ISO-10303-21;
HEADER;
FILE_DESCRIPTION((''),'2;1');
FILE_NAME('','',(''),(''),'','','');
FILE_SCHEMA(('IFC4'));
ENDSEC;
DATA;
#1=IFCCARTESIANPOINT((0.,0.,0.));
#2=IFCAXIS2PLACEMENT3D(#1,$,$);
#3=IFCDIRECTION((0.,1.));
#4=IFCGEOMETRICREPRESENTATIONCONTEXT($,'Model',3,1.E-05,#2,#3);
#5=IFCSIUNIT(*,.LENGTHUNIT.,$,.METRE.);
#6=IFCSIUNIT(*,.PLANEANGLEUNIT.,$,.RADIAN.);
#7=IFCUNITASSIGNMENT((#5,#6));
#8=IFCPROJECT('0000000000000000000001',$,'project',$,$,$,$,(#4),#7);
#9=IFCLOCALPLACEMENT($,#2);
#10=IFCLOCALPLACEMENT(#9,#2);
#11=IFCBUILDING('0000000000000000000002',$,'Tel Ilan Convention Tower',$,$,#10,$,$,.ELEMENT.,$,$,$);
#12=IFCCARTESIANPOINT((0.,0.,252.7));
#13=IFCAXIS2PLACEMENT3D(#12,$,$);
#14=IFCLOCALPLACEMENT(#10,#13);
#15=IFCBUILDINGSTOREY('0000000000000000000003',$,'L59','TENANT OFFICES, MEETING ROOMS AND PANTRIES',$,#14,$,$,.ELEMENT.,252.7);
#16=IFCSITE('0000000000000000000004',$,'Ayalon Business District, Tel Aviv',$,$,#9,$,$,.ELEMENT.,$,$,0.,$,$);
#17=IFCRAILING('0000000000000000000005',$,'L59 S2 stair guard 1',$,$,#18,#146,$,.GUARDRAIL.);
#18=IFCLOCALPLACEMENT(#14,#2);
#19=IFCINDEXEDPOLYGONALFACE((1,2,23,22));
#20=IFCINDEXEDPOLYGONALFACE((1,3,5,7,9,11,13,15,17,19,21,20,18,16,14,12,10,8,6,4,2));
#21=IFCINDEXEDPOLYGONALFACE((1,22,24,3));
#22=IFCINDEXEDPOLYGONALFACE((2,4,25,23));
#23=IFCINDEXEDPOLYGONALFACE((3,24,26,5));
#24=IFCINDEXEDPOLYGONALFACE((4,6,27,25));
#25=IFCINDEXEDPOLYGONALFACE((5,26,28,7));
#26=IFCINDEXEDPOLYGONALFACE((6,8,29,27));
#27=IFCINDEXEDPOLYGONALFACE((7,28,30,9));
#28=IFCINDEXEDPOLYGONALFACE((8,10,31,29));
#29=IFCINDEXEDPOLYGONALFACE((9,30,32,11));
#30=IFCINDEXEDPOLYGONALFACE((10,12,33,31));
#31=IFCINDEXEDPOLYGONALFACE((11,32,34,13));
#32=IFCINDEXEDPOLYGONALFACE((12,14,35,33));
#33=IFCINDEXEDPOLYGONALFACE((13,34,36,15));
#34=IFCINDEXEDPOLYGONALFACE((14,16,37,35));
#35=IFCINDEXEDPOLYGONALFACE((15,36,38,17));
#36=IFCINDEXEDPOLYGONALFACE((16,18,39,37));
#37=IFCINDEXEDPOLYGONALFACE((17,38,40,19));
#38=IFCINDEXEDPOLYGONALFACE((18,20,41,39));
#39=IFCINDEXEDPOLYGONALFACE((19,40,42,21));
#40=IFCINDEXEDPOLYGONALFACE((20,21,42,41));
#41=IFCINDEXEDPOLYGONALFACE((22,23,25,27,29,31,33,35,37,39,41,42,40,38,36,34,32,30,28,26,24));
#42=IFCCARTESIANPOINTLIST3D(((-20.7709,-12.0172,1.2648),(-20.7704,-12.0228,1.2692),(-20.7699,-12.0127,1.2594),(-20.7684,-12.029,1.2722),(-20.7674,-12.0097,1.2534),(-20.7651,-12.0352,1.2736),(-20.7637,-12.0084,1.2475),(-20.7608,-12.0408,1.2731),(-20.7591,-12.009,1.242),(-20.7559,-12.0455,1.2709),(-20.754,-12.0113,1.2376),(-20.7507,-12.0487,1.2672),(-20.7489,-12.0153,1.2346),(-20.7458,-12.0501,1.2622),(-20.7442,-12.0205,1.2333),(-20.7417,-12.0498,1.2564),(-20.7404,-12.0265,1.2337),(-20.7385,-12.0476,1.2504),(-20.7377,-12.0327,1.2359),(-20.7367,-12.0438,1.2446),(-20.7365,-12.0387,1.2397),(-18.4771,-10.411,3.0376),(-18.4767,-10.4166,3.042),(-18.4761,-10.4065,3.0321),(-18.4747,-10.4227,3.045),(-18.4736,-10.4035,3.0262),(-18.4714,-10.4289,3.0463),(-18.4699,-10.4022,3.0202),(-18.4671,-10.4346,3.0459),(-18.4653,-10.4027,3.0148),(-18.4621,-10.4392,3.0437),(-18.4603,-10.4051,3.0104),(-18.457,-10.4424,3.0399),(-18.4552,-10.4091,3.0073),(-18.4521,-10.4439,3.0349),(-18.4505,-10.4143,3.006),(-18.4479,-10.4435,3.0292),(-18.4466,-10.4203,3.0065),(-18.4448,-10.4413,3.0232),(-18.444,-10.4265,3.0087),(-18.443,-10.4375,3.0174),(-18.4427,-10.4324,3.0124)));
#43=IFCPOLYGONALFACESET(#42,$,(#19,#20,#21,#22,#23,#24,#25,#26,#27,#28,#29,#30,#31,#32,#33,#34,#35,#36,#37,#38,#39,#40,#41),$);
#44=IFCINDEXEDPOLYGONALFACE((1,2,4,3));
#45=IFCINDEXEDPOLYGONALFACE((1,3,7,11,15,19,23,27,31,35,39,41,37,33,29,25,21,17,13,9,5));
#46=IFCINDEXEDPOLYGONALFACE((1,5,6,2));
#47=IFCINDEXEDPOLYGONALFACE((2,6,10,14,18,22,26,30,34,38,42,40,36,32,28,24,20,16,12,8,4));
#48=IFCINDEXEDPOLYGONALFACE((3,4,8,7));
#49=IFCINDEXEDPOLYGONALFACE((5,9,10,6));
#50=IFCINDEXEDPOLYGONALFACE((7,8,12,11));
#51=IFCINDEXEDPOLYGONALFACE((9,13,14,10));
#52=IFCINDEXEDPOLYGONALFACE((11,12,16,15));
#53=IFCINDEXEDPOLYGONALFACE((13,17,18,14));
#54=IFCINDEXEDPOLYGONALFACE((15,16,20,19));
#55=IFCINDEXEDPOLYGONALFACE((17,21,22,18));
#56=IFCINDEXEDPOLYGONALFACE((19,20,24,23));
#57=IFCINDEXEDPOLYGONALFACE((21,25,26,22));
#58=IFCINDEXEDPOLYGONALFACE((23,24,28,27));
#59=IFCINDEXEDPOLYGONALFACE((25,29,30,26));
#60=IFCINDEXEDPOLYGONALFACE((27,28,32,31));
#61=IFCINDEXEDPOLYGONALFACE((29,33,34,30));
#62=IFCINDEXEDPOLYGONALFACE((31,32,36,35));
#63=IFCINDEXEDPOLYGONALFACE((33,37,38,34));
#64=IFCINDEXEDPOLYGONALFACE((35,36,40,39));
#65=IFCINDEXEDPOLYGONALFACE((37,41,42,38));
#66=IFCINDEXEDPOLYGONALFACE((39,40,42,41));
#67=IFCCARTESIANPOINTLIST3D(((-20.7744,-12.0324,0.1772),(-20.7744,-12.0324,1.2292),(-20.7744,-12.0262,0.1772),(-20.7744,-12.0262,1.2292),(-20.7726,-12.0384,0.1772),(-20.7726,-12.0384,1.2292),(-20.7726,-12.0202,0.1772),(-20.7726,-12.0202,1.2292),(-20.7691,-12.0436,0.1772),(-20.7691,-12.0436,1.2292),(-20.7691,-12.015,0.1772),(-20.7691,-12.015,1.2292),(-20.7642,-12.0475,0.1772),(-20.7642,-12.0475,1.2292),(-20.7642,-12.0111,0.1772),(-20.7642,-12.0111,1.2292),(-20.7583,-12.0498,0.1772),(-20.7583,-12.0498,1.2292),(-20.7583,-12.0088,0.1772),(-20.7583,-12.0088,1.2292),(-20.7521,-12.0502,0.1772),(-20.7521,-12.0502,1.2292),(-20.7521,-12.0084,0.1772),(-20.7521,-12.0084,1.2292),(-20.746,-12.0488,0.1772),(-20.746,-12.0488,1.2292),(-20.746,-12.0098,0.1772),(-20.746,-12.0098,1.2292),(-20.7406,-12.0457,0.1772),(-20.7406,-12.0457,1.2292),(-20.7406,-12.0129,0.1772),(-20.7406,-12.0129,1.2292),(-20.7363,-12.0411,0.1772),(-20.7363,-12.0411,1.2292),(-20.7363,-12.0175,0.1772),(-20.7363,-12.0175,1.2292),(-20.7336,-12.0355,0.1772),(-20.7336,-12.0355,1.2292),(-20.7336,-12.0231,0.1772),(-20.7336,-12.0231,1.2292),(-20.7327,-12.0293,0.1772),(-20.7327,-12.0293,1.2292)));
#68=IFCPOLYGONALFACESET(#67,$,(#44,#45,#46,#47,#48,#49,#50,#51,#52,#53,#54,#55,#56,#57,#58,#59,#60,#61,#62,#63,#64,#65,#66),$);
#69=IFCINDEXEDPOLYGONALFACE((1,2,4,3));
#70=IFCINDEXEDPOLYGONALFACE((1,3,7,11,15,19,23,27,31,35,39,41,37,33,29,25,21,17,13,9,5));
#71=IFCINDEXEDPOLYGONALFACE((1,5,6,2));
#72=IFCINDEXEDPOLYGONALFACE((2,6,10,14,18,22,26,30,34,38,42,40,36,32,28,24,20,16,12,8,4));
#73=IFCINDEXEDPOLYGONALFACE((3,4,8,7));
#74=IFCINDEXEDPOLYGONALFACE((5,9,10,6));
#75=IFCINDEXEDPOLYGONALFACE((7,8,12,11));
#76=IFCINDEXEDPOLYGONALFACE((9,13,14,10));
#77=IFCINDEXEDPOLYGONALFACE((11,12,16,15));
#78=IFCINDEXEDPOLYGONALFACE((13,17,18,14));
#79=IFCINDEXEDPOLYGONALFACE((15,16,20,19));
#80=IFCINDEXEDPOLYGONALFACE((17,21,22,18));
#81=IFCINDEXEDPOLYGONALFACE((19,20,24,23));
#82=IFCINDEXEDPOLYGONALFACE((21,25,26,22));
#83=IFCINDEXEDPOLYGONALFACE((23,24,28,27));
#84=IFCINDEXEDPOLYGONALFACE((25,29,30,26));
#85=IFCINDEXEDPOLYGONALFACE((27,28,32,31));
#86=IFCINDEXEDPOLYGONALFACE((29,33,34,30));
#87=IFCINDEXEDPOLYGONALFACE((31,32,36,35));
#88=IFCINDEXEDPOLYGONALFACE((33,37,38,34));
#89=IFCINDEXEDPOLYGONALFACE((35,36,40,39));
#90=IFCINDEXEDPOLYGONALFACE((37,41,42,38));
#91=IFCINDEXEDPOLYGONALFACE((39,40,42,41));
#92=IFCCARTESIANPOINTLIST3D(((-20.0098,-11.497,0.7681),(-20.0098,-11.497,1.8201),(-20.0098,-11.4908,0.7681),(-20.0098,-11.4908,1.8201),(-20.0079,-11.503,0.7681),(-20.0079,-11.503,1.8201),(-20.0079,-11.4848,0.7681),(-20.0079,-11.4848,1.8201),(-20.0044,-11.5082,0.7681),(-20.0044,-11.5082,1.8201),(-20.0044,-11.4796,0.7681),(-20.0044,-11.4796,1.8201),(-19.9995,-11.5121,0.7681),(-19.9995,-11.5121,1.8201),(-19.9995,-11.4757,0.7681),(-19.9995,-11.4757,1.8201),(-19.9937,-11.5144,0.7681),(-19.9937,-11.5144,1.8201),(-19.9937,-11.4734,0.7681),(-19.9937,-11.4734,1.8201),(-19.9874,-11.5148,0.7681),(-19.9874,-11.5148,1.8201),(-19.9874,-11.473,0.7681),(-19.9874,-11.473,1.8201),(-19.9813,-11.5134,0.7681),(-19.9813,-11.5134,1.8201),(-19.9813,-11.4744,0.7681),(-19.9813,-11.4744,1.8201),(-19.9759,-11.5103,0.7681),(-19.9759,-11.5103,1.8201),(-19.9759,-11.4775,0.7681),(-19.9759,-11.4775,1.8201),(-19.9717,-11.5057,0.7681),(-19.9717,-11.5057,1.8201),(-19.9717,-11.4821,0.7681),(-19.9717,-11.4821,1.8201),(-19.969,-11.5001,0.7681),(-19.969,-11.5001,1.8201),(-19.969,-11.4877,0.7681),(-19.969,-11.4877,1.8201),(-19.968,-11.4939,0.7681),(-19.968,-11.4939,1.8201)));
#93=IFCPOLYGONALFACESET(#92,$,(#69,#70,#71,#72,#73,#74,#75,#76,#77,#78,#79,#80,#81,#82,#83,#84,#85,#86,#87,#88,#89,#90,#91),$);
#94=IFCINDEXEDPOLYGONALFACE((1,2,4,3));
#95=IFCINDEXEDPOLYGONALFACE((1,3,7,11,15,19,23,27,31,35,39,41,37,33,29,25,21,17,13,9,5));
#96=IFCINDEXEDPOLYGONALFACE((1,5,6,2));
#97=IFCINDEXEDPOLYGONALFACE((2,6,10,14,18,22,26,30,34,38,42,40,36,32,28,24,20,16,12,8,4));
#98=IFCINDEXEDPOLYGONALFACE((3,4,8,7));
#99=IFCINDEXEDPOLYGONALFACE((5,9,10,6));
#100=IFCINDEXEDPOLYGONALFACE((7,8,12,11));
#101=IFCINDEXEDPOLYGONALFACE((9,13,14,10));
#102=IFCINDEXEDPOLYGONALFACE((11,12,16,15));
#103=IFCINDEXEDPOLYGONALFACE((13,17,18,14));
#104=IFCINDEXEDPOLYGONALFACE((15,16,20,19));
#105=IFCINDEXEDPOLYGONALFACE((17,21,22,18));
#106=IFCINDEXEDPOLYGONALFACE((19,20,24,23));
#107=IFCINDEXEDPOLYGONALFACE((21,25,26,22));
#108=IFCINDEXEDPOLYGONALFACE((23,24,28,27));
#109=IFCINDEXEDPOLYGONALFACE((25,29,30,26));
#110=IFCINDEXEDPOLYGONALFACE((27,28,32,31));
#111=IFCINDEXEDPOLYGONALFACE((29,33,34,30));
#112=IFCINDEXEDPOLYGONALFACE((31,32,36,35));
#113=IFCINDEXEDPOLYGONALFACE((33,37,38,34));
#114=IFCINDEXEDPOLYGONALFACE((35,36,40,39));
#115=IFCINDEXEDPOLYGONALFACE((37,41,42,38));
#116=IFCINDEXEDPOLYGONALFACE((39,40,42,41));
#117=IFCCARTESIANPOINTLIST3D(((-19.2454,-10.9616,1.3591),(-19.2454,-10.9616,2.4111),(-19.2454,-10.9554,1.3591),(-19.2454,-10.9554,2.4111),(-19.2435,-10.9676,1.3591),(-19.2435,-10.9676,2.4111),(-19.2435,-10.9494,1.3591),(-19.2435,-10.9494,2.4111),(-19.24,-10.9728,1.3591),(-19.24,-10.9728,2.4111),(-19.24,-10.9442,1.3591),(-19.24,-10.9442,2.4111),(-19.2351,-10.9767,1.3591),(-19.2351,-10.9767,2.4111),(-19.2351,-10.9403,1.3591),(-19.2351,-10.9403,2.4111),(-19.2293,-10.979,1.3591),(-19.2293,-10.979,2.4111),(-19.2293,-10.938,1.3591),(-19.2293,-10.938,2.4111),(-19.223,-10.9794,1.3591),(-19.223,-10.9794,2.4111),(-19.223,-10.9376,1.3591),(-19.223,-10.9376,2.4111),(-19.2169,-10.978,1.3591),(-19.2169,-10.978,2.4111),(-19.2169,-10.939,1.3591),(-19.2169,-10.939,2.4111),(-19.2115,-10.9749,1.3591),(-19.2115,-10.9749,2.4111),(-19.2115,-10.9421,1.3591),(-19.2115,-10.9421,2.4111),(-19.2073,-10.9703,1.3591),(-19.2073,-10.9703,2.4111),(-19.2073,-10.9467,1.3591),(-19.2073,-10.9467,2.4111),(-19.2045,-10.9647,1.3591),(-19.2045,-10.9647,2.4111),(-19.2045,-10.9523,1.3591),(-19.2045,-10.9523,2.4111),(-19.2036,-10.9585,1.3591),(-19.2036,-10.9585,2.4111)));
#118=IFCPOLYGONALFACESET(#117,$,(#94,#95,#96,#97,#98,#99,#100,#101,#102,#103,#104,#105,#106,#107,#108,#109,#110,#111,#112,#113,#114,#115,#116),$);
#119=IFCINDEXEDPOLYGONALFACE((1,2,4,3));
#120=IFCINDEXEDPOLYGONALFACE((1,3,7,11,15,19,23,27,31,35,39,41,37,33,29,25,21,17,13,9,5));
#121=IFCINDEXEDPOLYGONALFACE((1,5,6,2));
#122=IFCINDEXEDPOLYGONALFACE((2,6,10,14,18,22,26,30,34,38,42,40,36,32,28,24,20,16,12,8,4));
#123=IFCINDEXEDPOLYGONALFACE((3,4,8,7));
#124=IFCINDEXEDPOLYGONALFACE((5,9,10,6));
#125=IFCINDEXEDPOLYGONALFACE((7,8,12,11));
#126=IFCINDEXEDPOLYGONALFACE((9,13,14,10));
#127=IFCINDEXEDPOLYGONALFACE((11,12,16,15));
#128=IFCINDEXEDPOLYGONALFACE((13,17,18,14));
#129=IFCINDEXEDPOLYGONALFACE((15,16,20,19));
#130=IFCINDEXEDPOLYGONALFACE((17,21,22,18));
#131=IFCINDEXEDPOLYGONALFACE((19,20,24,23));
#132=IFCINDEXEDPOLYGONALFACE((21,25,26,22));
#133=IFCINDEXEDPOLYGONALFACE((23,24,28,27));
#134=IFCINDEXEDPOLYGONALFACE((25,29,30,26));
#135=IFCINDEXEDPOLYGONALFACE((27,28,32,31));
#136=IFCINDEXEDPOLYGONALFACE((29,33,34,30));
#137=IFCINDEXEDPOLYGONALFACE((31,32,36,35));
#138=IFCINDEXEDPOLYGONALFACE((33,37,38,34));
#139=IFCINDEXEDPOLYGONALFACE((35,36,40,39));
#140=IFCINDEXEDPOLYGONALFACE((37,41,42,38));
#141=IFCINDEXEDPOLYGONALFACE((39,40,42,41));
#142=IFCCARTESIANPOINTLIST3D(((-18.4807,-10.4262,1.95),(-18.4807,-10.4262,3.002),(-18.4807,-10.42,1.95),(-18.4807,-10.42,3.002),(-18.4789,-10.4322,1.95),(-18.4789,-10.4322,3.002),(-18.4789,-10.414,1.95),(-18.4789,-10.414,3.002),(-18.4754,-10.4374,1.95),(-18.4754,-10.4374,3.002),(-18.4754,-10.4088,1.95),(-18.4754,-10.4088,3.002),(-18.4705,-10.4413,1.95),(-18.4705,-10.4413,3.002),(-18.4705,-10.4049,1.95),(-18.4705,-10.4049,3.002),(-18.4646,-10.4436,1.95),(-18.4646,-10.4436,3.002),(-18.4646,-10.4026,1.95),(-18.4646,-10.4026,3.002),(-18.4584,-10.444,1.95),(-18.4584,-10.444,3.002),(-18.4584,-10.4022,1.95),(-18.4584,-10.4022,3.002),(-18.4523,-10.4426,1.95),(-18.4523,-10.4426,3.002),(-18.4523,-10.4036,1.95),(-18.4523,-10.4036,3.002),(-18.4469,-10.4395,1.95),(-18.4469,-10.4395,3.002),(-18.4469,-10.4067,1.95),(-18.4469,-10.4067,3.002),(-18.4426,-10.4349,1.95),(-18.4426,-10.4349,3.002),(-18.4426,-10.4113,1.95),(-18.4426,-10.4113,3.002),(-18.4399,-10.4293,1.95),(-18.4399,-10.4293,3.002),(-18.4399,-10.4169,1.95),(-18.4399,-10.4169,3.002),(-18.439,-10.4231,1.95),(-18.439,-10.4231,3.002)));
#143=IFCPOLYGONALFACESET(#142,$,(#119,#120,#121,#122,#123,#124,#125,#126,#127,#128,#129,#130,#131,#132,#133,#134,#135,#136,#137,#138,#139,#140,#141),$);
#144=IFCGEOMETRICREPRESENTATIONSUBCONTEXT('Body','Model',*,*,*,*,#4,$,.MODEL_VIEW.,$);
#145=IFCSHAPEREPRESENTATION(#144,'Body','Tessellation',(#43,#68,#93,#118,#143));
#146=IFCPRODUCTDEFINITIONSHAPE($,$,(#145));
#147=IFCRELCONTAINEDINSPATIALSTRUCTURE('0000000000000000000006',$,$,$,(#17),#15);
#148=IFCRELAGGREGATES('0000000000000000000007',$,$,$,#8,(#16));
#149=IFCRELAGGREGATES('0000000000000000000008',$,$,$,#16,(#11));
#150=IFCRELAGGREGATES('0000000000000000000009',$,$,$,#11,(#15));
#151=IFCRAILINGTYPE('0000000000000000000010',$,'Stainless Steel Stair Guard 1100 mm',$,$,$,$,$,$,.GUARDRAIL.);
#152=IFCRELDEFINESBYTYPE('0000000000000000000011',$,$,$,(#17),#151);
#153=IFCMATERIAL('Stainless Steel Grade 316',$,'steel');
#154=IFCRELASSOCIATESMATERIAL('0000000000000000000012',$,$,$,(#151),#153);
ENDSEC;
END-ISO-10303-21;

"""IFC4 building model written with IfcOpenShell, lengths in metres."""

from ifc_helpers import new_model, si_unit, direction, frame, origin, origin_2d, place, context, subcontext, project, spatial, circle, extrude, material, type_object, element, save


model = new_model("IFC4")

# Units and contexts
model_context = context("Model", 3, precision=1e-05, world=origin(), true_north=direction((0.0, 1.0)))
body_context = subcontext(model_context, "Body", "Model", "MODEL_VIEW")
ifc_project = project(units=[si_unit("LENGTHUNIT", "METRE"), si_unit("PLANEANGLEUNIT", "RADIAN")], contexts=[model_context])

# Site, building, storey
site_placement = place(None, origin())
site = spatial("IfcSite", under=ifc_project, at=site_placement, Name="Ayalon Business District, Tel Aviv", CompositionType="ELEMENT", RefElevation=0.0)
building_placement = place(site_placement, origin())
building = spatial("IfcBuilding", under=site, at=building_placement, Name="Tel Ilan Convention Tower", CompositionType="ELEMENT")
storey_placement = place(building_placement, frame((0.0, 0.0, 252.7)))
storey = spatial("IfcBuildingStorey", under=building, at=storey_placement, Name="L59", Description="TENANT OFFICES, MEETING ROOMS AND PANTRIES", CompositionType="ELEMENT", Elevation=252.7)

# Railing
ifc_material_1 = material(Name="Stainless Steel Grade 316", Category="steel")
railing_type_1 = type_object("IfcRailingType", Name="Stainless Steel Stair Guard 1100 mm", PredefinedType="GUARDRAIL", material=ifc_material_1)
railing_1_placement = place(storey_placement, frame((-20.7537, -12.0293, 0.1772)))
element("IfcRailing", 1, at=railing_1_placement, inside=storey, type_object=railing_type_1, Name="L59 S2 stair guard 1", PredefinedType="GUARDRAIL", context=body_context, shape_type="SweptSolid", body=[
    extrude(circle(Radius=0.0239, at=origin_2d()), frame((0.0, 0.0, 1.0762), z_axis=(0.692098, 0.484653, 0.534894), x_axis=(-0.573609, 0.81913, 0.0)), (0.0, 0.0, 1.0), 3.3142),
    extrude(circle(Radius=0.021, at=origin_2d()), origin(), (0.0, 0.0, 1.0), 1.052),
    extrude(circle(Radius=0.021, at=origin_2d()), frame((0.7646, 0.5354, 0.5908)), (0.0, 0.0, 1.0), 1.052),
    extrude(circle(Radius=0.021, at=origin_2d()), frame((1.5291, 1.0708, 1.1819)), (0.0, 0.0, 1.0), 1.052),
    extrude(circle(Radius=0.021, at=origin_2d()), frame((2.2937, 1.6062, 1.7727)), (0.0, 0.0, 1.0), 1.052),
])

save(model, "model.ifc")
